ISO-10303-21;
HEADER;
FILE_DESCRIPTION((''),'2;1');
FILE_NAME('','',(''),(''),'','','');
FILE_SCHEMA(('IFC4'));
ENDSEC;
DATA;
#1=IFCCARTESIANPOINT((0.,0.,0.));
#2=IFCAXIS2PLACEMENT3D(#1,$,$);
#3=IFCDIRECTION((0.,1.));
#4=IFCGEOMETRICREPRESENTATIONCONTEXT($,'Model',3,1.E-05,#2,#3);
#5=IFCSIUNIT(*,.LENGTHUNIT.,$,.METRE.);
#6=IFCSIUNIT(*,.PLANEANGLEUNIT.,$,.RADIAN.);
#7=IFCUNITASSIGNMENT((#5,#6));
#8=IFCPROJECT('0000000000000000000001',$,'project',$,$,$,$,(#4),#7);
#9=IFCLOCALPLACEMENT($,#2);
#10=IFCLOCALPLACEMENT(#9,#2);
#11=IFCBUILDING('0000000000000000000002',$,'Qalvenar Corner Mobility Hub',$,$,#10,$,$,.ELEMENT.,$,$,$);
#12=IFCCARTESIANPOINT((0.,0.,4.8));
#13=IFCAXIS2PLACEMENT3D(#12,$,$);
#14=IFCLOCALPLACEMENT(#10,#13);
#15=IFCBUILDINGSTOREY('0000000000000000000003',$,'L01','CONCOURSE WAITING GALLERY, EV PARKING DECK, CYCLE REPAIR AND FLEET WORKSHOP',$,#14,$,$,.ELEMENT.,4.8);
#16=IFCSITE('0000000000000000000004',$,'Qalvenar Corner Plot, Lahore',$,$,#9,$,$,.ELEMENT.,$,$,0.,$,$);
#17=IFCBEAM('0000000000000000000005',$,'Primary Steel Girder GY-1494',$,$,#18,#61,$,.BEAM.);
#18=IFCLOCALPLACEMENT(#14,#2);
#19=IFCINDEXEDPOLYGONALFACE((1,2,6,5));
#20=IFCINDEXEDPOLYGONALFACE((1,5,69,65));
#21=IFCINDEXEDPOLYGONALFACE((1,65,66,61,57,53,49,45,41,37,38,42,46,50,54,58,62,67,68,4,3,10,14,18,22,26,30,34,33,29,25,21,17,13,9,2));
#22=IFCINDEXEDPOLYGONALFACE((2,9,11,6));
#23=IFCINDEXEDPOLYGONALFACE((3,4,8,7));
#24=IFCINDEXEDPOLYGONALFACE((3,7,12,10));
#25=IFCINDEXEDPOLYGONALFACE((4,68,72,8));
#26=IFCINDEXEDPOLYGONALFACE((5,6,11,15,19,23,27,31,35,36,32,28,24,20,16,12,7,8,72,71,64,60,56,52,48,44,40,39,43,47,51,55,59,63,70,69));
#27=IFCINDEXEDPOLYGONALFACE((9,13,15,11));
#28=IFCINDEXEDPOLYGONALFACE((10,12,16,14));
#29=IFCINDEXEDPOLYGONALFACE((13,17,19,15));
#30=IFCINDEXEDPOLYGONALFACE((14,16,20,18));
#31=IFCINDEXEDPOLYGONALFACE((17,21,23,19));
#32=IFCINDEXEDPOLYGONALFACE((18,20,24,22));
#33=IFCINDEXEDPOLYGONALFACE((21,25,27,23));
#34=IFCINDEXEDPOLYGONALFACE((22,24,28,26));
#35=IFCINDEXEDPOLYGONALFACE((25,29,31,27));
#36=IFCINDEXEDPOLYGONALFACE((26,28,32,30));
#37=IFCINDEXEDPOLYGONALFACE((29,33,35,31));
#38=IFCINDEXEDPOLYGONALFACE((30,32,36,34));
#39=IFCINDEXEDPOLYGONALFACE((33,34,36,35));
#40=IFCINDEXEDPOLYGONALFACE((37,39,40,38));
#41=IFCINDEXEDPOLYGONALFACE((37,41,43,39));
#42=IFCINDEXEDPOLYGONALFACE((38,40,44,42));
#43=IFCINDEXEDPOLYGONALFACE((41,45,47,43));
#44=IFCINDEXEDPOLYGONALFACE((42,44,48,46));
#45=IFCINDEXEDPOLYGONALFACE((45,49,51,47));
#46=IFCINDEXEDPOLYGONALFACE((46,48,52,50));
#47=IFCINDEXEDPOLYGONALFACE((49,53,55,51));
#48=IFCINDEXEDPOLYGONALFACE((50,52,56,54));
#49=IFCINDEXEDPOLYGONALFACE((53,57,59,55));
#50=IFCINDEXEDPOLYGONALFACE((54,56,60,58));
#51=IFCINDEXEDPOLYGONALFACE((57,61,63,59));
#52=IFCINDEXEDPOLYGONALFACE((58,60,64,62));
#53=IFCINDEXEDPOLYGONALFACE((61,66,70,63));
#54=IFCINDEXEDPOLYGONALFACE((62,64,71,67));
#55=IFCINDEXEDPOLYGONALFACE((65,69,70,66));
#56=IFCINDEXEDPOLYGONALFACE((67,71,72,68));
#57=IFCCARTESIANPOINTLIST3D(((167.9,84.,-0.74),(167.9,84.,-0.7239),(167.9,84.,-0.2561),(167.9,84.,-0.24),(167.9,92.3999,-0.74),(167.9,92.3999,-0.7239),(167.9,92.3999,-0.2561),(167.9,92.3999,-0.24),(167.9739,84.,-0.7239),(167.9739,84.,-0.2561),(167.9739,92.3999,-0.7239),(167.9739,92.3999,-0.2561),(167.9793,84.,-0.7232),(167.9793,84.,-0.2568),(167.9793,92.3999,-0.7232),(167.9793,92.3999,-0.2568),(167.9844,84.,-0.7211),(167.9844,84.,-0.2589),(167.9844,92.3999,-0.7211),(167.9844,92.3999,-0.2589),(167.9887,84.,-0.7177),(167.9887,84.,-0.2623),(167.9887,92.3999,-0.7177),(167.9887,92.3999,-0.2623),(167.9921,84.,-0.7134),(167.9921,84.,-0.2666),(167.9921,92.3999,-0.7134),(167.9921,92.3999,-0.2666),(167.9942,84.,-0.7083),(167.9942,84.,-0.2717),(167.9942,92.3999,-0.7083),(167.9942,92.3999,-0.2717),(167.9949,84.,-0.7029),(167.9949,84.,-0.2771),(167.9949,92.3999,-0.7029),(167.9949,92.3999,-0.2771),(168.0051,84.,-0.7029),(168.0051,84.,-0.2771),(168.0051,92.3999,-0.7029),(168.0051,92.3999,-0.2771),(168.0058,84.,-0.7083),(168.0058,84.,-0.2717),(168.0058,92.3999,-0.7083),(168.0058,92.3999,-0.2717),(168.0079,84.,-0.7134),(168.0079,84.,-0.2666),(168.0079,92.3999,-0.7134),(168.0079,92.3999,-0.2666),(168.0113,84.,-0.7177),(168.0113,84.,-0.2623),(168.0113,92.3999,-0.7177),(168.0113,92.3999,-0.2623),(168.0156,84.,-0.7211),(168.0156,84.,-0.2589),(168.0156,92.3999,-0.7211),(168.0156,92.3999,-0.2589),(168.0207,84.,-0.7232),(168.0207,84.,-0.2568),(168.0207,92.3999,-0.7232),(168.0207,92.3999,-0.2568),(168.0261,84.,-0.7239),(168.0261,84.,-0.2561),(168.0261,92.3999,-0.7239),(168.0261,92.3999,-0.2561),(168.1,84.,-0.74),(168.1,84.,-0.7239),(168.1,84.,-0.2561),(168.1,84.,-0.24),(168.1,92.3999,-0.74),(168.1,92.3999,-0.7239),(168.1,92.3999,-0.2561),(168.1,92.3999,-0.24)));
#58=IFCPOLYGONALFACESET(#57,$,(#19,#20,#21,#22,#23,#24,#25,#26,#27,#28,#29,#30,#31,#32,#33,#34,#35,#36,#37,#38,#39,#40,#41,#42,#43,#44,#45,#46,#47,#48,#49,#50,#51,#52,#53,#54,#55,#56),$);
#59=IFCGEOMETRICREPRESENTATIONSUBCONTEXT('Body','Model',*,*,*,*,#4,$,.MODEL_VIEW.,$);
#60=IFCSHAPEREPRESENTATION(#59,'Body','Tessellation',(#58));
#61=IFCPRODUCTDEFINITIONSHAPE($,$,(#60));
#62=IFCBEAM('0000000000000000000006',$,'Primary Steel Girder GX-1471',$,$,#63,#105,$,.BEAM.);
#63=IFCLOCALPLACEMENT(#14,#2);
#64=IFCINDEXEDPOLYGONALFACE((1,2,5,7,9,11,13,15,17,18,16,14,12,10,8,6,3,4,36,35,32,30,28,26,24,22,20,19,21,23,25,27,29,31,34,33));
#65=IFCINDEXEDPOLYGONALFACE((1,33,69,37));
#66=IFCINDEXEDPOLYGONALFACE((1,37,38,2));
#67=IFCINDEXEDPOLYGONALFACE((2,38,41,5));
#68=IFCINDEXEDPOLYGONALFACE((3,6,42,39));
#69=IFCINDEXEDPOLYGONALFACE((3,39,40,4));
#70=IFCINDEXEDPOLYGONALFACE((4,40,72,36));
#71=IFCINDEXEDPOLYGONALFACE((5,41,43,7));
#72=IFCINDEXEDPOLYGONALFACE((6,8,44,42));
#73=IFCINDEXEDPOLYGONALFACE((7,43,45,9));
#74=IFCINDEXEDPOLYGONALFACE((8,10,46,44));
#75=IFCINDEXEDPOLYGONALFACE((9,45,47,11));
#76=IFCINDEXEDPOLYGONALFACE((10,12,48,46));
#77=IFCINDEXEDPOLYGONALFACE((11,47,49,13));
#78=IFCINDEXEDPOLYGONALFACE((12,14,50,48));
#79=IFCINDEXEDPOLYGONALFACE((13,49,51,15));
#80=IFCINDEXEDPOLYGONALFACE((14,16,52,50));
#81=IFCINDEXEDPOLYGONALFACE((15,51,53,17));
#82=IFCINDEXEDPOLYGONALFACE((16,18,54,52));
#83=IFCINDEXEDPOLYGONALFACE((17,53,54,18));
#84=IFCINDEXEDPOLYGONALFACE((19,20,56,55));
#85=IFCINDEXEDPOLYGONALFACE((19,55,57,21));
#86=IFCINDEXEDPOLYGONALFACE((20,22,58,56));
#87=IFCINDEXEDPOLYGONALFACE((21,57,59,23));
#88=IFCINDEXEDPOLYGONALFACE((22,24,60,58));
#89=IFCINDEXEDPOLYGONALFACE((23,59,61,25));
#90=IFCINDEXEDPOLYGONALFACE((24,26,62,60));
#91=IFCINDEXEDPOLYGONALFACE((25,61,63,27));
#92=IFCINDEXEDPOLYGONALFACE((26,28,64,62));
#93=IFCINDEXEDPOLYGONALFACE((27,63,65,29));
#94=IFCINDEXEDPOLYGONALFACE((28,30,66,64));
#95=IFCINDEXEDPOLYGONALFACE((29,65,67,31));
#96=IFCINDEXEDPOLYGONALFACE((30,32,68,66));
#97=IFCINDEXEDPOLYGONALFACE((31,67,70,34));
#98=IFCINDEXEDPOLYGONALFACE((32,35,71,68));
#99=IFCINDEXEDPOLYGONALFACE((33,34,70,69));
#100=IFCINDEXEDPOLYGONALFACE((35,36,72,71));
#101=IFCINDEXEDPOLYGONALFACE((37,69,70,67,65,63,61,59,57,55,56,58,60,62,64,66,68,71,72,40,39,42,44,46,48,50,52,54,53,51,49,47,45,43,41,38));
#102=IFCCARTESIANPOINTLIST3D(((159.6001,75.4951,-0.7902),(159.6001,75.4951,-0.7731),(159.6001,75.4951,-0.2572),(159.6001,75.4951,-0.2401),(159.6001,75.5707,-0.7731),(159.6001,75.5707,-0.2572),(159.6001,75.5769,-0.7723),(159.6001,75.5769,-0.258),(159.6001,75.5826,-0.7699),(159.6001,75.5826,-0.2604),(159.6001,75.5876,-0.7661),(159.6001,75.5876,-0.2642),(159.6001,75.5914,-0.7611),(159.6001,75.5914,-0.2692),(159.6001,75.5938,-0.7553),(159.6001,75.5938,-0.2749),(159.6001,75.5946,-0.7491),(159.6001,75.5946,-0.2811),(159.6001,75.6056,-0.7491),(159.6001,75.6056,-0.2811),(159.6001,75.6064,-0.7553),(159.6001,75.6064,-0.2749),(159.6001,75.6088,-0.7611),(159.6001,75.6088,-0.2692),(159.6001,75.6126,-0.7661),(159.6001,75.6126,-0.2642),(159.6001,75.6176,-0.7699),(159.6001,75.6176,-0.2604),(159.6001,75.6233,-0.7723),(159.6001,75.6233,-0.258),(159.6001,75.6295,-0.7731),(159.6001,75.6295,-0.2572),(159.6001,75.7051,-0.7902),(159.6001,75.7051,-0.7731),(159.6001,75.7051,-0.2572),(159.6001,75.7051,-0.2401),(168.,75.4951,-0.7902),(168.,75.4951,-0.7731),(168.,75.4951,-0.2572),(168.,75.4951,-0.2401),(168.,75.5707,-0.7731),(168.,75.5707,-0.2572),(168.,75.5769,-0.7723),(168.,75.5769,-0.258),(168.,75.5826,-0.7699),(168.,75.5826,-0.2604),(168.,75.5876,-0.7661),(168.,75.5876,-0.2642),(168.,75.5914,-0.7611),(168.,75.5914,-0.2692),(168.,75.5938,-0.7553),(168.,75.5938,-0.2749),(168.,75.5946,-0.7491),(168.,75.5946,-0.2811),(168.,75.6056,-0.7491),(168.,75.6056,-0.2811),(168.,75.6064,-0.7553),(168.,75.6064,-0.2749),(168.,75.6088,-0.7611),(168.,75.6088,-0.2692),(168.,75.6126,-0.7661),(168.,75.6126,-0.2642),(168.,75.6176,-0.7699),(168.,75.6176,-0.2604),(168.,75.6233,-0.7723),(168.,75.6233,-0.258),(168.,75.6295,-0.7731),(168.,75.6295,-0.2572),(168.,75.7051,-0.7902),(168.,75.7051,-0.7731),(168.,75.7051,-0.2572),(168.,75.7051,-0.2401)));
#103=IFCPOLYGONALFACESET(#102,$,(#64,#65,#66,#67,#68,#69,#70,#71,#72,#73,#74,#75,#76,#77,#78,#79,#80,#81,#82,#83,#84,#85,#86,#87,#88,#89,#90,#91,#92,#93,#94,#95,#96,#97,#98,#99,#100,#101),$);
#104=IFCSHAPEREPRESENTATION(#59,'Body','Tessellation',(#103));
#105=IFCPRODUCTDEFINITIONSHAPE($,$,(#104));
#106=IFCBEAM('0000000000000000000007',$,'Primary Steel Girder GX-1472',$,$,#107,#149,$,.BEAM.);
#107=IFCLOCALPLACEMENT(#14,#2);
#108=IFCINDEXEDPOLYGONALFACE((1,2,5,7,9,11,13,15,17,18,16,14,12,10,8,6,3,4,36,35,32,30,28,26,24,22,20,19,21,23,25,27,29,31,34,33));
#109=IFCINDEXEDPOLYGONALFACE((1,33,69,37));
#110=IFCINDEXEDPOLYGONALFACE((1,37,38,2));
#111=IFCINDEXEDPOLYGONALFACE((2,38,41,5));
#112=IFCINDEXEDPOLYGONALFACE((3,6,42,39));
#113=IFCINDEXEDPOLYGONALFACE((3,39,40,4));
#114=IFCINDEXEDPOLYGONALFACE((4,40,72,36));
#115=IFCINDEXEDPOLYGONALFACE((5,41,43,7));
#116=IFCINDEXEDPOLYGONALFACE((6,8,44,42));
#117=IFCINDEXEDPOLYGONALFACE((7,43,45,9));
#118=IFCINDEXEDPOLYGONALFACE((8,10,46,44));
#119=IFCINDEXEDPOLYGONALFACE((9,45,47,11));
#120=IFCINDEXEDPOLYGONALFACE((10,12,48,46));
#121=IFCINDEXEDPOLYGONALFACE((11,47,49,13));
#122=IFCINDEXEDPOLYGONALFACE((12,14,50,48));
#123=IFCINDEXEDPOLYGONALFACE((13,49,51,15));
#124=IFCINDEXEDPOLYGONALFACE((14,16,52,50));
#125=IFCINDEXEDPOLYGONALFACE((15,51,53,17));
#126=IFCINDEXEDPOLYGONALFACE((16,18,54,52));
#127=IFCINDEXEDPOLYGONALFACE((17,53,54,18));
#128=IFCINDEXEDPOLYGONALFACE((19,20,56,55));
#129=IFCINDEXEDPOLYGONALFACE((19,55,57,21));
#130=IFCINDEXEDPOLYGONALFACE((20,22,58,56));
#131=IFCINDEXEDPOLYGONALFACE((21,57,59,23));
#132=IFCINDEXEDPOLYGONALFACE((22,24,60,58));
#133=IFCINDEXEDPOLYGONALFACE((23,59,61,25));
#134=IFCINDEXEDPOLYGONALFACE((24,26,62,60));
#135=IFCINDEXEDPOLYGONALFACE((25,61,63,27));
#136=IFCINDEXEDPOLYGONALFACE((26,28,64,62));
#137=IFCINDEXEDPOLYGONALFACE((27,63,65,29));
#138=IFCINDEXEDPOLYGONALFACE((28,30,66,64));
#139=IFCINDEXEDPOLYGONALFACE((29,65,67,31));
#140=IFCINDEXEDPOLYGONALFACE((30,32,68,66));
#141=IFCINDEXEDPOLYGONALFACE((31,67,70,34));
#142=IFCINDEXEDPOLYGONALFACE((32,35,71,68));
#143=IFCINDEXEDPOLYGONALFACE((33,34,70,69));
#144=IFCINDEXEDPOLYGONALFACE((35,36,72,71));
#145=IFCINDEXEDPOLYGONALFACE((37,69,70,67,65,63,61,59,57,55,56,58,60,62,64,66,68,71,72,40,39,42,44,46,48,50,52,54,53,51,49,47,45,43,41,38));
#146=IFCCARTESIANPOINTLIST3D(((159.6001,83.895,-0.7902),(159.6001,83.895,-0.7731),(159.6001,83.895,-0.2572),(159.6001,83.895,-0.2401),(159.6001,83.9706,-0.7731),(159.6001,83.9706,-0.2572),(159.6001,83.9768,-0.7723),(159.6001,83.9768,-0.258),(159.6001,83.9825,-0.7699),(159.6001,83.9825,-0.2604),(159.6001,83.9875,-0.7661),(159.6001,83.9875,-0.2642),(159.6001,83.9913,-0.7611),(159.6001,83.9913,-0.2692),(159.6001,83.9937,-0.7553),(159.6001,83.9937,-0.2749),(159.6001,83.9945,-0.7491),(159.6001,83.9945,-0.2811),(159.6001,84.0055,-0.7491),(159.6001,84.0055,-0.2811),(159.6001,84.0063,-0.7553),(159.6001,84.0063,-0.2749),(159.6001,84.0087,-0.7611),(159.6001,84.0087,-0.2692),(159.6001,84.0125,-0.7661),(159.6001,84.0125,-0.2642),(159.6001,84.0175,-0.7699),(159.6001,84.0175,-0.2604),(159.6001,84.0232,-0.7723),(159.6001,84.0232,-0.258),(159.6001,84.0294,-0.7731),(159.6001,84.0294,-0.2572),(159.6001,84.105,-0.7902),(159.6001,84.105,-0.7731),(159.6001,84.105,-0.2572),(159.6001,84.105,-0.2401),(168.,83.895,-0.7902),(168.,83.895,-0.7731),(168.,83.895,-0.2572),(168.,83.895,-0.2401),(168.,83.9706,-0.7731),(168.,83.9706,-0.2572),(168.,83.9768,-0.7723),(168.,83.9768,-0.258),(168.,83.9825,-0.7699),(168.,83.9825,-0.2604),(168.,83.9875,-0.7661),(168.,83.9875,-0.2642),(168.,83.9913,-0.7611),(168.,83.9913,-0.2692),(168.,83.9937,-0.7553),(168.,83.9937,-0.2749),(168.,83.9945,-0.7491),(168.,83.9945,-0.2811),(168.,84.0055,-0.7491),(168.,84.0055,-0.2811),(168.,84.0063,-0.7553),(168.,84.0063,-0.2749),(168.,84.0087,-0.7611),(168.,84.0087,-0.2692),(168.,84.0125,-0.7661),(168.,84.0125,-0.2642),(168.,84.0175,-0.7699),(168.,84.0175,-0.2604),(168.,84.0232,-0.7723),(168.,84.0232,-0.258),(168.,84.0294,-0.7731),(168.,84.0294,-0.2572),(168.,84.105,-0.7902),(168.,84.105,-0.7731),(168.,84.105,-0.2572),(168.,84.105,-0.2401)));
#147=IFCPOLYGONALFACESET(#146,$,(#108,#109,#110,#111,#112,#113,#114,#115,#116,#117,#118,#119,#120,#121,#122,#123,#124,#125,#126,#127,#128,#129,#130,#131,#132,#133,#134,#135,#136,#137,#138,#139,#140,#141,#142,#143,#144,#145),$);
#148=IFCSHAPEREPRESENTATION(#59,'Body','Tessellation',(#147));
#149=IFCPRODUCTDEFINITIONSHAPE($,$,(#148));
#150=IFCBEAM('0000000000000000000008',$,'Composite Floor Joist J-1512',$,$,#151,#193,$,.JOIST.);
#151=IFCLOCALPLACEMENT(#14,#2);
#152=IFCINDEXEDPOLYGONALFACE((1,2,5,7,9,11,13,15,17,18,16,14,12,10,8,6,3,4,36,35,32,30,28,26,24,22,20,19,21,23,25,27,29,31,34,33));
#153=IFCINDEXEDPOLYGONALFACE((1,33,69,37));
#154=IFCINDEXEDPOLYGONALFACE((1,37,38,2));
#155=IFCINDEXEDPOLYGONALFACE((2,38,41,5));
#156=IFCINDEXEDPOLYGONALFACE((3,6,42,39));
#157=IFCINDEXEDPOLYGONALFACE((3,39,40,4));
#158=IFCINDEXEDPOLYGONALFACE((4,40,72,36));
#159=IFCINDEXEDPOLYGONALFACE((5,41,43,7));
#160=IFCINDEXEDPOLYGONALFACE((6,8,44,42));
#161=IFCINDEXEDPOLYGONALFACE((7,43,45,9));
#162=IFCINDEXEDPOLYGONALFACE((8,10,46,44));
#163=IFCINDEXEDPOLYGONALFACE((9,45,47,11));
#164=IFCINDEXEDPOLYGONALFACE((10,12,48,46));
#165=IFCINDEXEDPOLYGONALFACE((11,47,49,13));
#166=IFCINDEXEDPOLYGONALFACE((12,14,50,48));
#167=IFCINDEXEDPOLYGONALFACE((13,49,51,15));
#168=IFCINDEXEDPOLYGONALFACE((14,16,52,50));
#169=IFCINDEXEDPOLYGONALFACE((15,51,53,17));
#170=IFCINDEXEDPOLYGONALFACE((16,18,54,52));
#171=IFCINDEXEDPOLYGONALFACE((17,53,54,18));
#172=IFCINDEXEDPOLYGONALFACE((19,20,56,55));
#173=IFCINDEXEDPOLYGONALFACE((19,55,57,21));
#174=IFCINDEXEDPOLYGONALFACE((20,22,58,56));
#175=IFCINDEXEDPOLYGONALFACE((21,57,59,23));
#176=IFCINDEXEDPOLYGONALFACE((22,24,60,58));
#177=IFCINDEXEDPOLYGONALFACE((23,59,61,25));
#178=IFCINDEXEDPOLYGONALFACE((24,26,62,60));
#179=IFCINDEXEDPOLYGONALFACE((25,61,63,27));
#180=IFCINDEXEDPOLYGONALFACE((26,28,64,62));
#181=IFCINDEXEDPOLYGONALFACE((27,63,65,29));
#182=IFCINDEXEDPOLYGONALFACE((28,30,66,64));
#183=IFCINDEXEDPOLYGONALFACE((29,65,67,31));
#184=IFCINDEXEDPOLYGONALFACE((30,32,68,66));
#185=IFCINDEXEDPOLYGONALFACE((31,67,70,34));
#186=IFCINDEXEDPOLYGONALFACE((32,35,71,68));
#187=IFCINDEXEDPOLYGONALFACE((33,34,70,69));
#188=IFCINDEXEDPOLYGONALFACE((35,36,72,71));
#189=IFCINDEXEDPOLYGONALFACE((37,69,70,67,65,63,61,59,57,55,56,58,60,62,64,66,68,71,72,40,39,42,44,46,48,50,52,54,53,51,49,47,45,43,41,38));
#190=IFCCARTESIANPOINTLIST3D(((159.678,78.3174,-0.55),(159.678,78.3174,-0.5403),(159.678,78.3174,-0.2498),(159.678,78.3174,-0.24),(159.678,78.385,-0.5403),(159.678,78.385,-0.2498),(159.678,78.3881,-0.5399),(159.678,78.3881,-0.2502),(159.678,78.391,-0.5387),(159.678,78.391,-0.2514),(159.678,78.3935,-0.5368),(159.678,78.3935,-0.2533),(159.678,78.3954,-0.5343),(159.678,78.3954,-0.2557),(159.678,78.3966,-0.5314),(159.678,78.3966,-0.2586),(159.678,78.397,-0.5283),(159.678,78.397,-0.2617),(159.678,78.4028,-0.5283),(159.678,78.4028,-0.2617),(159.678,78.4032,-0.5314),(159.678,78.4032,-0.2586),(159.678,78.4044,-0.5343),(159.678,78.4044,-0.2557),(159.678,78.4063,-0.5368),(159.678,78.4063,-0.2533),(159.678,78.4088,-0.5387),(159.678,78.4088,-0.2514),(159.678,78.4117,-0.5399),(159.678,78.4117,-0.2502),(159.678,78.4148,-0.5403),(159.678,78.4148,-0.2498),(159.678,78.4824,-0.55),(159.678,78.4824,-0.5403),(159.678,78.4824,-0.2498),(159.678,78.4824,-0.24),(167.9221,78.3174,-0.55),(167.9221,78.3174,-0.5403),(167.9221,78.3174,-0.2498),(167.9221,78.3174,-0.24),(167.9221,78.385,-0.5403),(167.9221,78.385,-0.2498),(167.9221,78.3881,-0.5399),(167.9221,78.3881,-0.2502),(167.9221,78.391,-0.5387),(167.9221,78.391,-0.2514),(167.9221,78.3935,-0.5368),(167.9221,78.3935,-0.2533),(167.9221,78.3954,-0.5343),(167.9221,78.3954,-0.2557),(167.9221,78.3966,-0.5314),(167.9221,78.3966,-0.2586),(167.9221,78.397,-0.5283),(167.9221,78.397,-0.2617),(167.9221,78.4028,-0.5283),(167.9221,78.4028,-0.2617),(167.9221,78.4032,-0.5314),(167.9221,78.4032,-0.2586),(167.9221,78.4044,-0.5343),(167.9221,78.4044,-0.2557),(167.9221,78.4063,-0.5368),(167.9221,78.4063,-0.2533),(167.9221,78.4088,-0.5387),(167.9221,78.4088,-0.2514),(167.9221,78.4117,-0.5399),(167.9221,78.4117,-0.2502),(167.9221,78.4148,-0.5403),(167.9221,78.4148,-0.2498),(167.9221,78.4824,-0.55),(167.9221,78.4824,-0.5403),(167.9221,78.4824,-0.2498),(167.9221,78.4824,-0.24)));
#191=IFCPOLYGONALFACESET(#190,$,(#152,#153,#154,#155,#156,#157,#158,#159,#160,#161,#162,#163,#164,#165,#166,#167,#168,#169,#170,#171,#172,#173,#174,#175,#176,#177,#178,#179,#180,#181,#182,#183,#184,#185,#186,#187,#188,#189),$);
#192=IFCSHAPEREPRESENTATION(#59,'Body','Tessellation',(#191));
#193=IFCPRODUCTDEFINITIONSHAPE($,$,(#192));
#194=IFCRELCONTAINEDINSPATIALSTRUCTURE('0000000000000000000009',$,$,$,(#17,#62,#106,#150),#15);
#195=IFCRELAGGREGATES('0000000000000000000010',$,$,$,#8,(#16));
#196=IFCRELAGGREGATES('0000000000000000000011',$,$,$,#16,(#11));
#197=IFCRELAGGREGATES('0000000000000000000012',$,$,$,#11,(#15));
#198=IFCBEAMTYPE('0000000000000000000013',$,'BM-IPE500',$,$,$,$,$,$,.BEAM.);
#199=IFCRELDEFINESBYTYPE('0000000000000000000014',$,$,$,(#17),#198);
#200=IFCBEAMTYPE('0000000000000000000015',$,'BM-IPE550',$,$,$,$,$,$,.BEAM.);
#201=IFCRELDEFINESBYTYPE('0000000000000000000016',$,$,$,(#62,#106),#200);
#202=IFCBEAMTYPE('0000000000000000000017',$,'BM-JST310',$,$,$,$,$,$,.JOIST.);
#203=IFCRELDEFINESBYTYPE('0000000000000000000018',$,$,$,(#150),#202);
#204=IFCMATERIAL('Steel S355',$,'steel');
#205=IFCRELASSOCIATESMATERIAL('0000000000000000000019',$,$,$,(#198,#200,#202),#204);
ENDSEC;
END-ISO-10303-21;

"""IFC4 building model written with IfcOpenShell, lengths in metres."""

from ifc_helpers import new_model, si_unit, direction, frame, origin, origin_2d, place, context, subcontext, project, spatial, i_section, extrude, material, material_profile, profile_set, type_object, element, save


model = new_model("IFC4")

# Units and contexts
model_context = context("Model", 3, precision=1e-05, world=origin(), true_north=direction((0.0, 1.0)))
body_context = subcontext(model_context, "Body", "Model", "MODEL_VIEW")
ifc_project = project(units=[si_unit("LENGTHUNIT", "METRE"), si_unit("PLANEANGLEUNIT", "RADIAN")], contexts=[model_context])

# Site, building, storey
site_placement = place(None, origin())
site = spatial("IfcSite", under=ifc_project, at=site_placement, Name="Qalvenar Corner Plot, Lahore", CompositionType="ELEMENT", RefElevation=0.0)
building_placement = place(site_placement, origin())
building = spatial("IfcBuilding", under=site, at=building_placement, Name="Qalvenar Corner Mobility Hub", CompositionType="ELEMENT")
storey_placement = place(building_placement, frame((0.0, 0.0, 4.8)))
storey = spatial("IfcBuildingStorey", under=building, at=storey_placement, Name="L01", Description="CONCOURSE WAITING GALLERY, EV PARKING DECK, CYCLE REPAIR AND FLEET WORKSHOP", CompositionType="ELEMENT", Elevation=4.8)

# Shared definitions
ifc_material_1 = material(Name="Steel S355", Category="steel")

# Beams
ifc_material_profile_1 = material_profile(ifc_material_1, i_section(OverallWidth=0.2, OverallDepth=0.5, WebThickness=0.0103, FlangeThickness=0.0161, FilletRadius=0.021, at=origin_2d()), Name="IPE500")
ifc_profile_set_1 = profile_set([ifc_material_profile_1], Name="Steel S355")
beam_type_1 = type_object("IfcBeamType", Name="BM-IPE500", PredefinedType="BEAM", material=ifc_profile_set_1)
for number, where, z_axis, x_axis, name in (
    (1, (168.0, 84.0, -0.49), (0.0, 1.0, 0.0), (-1.0, 0.0, 0.0), "Primary Steel Girder GY-1494"),
):
    element("IfcBeam", number, at=place(storey_placement, frame(where, z_axis=z_axis, x_axis=x_axis)), inside=storey, type_object=beam_type_1, Name=name, PredefinedType="BEAM", context=body_context, shape_type="SweptSolid", body=[
        extrude(i_section(OverallWidth=0.2, OverallDepth=0.5, WebThickness=0.0103, FlangeThickness=0.0161, FilletRadius=0.021, at=origin_2d()), origin(), (0.0, 0.0, 1.0), 8.3999),
    ])
ifc_material_profile_2 = material_profile(ifc_material_1, i_section(OverallWidth=0.21, OverallDepth=0.55, WebThickness=0.011, FlangeThickness=0.0171, FilletRadius=0.0239, at=origin_2d()), Name="IPE550")
ifc_profile_set_2 = profile_set([ifc_material_profile_2], Name="Steel S355")
beam_type_2 = type_object("IfcBeamType", Name="BM-IPE550", PredefinedType="BEAM", material=ifc_profile_set_2)
for number, where, z_axis, x_axis, name in (
    (2, (159.6001, 75.6001, -0.5151), (1.0, 0.0, 0.0), (0.0, 1.0, 0.0), "Primary Steel Girder GX-1471"),
    (3, (159.6001, 84.0, -0.5151), (1.0, 0.0, 0.0), (0.0, 1.0, 0.0), "Primary Steel Girder GX-1472"),
):
    element("IfcBeam", number, at=place(storey_placement, frame(where, z_axis=z_axis, x_axis=x_axis)), inside=storey, type_object=beam_type_2, Name=name, PredefinedType="BEAM", context=body_context, shape_type="SweptSolid", body=[
        extrude(i_section(OverallWidth=0.21, OverallDepth=0.55, WebThickness=0.011, FlangeThickness=0.0171, FilletRadius=0.0239, at=origin_2d()), origin(), (0.0, 0.0, 1.0), 8.3999),
    ])
ifc_material_profile_3 = material_profile(ifc_material_1, i_section(OverallWidth=0.165, OverallDepth=0.3101, WebThickness=0.0059, FlangeThickness=0.0098, FilletRadius=0.012, at=origin_2d()), Name="W310x38.7")
ifc_profile_set_3 = profile_set([ifc_material_profile_3], Name="Steel S355")
beam_type_3 = type_object("IfcBeamType", Name="BM-JST310", PredefinedType="JOIST", material=ifc_profile_set_3)
for number, where, z_axis, x_axis, name in (
    (4, (159.678, 78.3999, -0.395), (1.0, 0.0, 0.0), (0.0, 1.0, 0.0), "Composite Floor Joist J-1512"),
):
    element("IfcBeam", number, at=place(storey_placement, frame(where, z_axis=z_axis, x_axis=x_axis)), inside=storey, type_object=beam_type_3, Name=name, PredefinedType="JOIST", context=body_context, shape_type="SweptSolid", body=[
        extrude(i_section(OverallWidth=0.165, OverallDepth=0.3101, WebThickness=0.0059, FlangeThickness=0.0098, FilletRadius=0.012, at=origin_2d()), origin(), (0.0, 0.0, 1.0), 8.2441),
    ])

save(model, "model.ifc")
